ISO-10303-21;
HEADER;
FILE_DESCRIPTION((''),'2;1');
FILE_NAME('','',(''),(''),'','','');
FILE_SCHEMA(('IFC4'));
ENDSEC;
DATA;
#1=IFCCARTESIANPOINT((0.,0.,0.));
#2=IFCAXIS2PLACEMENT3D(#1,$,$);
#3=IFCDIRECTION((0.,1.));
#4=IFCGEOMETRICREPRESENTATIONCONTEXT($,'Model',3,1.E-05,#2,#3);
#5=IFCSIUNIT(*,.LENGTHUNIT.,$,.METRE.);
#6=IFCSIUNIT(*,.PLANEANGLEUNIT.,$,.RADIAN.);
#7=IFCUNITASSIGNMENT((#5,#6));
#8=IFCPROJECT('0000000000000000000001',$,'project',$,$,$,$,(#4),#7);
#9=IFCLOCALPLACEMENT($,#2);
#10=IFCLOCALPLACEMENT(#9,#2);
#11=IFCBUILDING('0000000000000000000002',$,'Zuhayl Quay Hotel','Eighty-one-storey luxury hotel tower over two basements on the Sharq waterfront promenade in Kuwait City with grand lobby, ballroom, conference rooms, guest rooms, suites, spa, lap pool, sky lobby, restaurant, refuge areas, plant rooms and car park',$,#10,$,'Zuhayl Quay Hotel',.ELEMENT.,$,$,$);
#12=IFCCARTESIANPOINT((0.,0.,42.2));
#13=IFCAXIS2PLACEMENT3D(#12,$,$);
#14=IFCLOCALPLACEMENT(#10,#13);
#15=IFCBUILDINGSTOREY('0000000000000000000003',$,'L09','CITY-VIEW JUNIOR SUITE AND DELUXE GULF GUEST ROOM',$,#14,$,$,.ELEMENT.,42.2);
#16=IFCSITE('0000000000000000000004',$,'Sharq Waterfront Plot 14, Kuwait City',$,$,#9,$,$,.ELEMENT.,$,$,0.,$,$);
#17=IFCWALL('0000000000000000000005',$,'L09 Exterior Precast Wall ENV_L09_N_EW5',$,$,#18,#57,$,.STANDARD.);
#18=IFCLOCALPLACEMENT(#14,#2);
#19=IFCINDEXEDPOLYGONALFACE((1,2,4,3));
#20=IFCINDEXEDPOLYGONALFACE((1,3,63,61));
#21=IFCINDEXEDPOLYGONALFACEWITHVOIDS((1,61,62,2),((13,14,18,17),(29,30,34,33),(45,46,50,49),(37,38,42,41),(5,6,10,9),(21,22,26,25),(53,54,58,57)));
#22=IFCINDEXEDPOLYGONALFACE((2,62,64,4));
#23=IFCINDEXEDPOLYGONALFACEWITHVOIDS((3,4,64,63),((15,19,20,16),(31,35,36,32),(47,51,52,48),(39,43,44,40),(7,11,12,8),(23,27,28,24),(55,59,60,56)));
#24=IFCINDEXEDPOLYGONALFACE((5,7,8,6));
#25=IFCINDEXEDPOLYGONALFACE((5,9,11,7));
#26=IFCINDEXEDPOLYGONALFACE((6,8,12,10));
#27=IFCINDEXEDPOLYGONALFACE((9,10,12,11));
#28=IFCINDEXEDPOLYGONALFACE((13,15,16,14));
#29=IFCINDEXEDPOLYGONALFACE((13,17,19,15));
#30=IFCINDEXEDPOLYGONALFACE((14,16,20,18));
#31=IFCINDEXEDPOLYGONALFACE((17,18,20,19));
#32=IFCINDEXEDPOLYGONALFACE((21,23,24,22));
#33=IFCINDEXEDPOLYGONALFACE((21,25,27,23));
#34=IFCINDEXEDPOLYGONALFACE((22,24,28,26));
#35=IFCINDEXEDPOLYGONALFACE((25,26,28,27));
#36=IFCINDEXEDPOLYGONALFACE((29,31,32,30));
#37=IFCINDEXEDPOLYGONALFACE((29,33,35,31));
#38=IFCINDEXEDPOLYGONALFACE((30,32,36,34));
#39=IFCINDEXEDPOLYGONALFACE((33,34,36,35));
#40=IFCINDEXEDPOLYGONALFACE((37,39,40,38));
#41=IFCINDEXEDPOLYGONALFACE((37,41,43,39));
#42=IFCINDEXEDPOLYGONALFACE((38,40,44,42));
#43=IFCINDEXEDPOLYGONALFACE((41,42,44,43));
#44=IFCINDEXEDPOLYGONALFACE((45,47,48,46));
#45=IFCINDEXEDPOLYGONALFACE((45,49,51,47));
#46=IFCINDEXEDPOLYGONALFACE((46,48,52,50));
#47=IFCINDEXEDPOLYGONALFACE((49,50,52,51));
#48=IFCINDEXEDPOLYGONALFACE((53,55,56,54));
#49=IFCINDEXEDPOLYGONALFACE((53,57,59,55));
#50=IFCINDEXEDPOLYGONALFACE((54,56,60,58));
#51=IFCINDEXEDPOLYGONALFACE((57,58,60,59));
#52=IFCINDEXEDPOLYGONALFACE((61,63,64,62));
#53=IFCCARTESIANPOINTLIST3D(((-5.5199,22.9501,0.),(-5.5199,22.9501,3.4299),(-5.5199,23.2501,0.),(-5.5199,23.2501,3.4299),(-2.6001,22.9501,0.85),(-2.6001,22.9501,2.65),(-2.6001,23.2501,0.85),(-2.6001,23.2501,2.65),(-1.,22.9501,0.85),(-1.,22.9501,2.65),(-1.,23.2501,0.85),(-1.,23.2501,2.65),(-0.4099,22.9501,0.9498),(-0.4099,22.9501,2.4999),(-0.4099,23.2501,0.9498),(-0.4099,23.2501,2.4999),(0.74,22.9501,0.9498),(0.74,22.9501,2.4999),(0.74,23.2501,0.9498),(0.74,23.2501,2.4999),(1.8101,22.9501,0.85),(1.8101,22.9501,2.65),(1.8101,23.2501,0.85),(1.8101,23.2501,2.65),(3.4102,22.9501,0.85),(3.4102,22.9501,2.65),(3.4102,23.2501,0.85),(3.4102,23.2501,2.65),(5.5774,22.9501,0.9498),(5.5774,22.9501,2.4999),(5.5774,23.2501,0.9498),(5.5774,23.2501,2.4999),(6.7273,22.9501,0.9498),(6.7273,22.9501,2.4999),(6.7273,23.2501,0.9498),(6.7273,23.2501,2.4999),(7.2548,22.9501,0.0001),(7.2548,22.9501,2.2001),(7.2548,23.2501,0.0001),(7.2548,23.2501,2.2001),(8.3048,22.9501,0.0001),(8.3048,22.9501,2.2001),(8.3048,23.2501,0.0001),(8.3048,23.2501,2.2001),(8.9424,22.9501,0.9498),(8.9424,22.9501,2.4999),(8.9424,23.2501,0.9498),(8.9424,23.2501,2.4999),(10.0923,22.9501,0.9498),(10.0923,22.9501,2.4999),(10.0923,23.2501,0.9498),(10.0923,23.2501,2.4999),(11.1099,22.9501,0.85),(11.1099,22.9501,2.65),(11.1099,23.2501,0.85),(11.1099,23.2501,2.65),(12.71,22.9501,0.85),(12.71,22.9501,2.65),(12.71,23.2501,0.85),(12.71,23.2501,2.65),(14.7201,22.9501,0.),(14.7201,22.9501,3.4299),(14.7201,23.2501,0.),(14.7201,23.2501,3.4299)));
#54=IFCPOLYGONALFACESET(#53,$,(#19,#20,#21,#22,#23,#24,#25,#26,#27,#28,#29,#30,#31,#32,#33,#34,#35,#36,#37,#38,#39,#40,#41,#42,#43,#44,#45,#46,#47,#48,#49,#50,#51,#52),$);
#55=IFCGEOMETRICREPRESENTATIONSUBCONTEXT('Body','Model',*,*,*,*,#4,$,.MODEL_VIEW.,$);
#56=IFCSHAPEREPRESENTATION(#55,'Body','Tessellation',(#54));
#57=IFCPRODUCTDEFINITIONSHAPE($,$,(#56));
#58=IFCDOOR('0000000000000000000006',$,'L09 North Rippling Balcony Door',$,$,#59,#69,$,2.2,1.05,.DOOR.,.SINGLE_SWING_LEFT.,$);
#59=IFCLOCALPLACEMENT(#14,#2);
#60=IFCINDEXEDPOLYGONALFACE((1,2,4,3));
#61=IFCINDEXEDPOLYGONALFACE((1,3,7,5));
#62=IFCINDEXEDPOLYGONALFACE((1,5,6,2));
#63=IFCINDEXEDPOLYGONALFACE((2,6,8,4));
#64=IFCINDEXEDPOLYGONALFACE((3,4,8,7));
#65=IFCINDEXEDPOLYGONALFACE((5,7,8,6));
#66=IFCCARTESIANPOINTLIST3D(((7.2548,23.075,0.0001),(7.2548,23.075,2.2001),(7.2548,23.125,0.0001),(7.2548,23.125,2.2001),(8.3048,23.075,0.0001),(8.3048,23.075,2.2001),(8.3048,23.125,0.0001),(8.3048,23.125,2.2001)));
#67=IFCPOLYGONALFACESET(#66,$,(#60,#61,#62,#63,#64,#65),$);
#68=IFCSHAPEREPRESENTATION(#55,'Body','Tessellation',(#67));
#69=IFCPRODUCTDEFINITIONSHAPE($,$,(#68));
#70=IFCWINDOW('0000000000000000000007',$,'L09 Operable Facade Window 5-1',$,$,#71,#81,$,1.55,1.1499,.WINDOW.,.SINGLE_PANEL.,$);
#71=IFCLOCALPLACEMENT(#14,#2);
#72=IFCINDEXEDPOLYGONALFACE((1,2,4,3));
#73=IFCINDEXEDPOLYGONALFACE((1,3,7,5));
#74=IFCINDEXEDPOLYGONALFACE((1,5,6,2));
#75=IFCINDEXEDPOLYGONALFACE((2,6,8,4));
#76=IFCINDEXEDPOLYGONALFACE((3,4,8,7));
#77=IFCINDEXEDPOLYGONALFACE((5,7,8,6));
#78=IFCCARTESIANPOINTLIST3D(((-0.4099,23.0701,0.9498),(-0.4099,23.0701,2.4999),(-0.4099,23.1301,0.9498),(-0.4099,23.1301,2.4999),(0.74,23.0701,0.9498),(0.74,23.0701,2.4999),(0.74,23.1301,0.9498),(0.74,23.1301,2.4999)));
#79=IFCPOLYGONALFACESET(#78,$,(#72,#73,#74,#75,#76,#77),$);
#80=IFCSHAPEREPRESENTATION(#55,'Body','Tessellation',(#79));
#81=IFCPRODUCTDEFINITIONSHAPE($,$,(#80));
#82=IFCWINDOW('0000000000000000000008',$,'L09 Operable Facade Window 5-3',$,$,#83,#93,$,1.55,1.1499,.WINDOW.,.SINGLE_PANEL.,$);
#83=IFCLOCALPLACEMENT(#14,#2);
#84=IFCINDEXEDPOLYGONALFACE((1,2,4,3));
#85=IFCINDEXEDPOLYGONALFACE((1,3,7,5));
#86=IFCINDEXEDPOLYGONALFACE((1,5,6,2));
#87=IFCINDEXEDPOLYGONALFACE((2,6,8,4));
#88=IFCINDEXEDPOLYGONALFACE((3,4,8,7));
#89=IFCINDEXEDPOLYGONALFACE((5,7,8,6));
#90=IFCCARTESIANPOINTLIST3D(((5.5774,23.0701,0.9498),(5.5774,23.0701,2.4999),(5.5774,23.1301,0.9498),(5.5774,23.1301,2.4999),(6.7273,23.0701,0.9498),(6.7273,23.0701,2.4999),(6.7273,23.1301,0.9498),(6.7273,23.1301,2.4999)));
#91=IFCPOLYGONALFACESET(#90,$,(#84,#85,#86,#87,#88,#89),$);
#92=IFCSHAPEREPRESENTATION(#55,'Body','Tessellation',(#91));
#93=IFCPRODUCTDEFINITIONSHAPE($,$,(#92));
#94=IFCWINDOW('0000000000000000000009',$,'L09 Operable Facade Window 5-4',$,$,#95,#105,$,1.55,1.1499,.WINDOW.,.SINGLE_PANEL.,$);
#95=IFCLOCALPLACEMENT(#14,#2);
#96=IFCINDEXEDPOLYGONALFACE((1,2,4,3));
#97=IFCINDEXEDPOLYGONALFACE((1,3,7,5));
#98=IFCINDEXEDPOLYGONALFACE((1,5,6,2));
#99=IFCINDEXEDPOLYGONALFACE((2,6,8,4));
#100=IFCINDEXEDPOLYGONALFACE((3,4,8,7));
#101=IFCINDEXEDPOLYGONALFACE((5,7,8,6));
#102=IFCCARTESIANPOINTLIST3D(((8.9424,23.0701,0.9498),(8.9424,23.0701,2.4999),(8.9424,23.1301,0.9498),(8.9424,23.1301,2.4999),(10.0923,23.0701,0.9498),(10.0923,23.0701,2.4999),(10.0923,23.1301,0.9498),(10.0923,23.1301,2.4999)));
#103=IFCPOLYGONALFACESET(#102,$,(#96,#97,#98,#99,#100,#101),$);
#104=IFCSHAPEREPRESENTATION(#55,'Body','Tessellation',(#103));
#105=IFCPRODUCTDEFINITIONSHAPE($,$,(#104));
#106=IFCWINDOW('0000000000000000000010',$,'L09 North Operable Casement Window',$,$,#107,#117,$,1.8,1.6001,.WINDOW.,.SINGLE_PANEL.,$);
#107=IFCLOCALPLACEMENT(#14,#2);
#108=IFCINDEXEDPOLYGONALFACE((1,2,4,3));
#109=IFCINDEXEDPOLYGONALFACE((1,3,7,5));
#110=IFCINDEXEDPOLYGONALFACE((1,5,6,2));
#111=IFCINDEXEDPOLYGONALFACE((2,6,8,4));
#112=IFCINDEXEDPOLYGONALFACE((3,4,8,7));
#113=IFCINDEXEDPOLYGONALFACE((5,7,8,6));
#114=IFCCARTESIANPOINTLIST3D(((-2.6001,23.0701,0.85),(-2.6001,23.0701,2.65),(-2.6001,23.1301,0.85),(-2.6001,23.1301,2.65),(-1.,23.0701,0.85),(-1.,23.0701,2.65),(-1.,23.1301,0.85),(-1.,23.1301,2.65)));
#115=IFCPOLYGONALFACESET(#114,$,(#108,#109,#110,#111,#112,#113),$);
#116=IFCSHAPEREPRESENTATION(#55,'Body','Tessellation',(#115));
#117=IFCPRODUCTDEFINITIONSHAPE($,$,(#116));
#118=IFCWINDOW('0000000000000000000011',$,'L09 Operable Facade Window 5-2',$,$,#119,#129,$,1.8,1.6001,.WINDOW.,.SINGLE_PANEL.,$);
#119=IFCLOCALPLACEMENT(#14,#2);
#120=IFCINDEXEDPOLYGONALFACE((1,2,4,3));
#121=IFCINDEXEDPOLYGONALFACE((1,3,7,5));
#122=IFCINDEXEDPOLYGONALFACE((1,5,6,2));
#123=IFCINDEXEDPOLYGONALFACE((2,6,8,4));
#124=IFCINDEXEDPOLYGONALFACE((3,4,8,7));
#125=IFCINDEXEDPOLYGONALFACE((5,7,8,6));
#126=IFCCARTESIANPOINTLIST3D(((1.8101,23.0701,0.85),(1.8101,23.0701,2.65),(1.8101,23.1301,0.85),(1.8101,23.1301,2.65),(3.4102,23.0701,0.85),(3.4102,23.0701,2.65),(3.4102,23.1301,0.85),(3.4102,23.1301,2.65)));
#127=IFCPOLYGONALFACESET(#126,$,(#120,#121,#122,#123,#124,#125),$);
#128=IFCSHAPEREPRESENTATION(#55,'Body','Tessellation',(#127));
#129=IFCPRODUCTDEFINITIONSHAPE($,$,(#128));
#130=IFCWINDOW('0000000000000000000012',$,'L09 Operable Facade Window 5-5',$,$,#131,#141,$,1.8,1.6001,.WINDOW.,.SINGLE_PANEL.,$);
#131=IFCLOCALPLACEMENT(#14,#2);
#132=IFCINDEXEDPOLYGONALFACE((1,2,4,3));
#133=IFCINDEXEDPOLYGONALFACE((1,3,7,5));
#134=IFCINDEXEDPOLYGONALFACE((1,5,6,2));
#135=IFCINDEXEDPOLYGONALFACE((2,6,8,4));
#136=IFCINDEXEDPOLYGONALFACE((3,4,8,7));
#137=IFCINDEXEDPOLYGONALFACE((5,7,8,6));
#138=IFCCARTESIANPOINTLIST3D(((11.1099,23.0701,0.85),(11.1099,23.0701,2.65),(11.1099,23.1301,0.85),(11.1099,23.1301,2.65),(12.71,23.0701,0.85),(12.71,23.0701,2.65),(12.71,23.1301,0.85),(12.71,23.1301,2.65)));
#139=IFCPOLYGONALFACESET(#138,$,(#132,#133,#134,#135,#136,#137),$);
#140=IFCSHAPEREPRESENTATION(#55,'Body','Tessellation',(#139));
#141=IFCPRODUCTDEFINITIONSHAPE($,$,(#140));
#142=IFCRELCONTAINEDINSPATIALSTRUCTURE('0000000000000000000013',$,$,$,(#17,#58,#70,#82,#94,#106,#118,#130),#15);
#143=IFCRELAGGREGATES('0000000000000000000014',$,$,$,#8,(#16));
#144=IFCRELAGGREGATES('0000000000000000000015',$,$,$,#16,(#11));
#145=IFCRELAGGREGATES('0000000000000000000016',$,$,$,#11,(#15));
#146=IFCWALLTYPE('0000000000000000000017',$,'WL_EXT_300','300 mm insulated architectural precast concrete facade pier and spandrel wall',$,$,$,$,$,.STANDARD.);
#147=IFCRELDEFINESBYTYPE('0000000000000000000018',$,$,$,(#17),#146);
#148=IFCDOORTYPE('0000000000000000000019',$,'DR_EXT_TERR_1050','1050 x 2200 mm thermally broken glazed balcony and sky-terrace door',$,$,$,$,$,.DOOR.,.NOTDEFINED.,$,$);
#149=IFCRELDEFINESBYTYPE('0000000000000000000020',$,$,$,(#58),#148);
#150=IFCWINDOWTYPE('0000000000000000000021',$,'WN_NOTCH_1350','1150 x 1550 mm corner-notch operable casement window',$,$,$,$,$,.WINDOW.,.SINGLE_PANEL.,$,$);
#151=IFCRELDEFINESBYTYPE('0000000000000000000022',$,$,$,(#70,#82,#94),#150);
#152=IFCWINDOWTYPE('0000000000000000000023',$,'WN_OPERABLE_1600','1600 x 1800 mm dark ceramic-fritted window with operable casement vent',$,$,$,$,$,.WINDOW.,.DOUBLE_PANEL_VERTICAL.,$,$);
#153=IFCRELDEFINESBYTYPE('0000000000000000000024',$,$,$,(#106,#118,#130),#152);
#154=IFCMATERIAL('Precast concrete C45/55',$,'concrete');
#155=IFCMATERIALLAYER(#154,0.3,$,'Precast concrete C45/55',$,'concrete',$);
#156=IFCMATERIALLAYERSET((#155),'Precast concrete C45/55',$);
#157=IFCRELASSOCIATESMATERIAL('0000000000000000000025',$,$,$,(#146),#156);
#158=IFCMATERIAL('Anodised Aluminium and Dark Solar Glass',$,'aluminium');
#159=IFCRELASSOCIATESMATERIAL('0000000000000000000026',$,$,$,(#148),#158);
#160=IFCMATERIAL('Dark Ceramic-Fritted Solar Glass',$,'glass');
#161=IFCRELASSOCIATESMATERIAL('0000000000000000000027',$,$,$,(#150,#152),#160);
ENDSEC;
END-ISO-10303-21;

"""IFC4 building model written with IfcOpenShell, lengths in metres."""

from ifc_helpers import new_model, si_unit, direction, frame, frame_2d, origin, place, context, subcontext, project, spatial, rectangle, extrude, material, layer, layer_set, type_object, element, fill, save


model = new_model("IFC4")

# Units and contexts
model_context = context("Model", 3, precision=1e-05, world=origin(), true_north=direction((0.0, 1.0)))
body_context = subcontext(model_context, "Body", "Model", "MODEL_VIEW")
ifc_project = project(units=[si_unit("LENGTHUNIT", "METRE"), si_unit("PLANEANGLEUNIT", "RADIAN")], contexts=[model_context])

# Site, building, storey
site_placement = place(None, origin())
site = spatial("IfcSite", under=ifc_project, at=site_placement, Name="Sharq Waterfront Plot 14, Kuwait City", CompositionType="ELEMENT", RefElevation=0.0)
building_placement = place(site_placement, origin())
building = spatial("IfcBuilding", under=site, at=building_placement, Name="Zuhayl Quay Hotel", Description="Eighty-one-storey luxury hotel tower over two basements on the Sharq waterfront promenade in Kuwait City with grand lobby, ballroom, conference rooms, guest rooms, suites, spa, lap pool, sky lobby, restaurant, refuge areas, plant rooms and car park", LongName="Zuhayl Quay Hotel", CompositionType="ELEMENT")
storey_placement = place(building_placement, frame((0.0, 0.0, 42.2)))
storey = spatial("IfcBuildingStorey", under=building, at=storey_placement, Name="L09", Description="CITY-VIEW JUNIOR SUITE AND DELUXE GULF GUEST ROOM", CompositionType="ELEMENT", Elevation=42.2)

# Shared definitions
ifc_material_1 = material(Name="Dark Ceramic-Fritted Solar Glass", Category="glass")

# Wall, openings, door, windows
ifc_material_2 = material(Name="Precast concrete C45/55", Category="concrete")
ifc_layer_1 = layer(ifc_material_2, 0.3, Name="Precast concrete C45/55", Category="concrete")
ifc_layer_set_1 = layer_set([ifc_layer_1], Name="Precast concrete C45/55")
wall_type_1 = type_object("IfcWallType", Name="WL_EXT_300", Description="300 mm insulated architectural precast concrete facade pier and spandrel wall", PredefinedType="STANDARD", material=ifc_layer_set_1)
wall_1_placement = place(storey_placement, frame((-5.52, 23.1001, 0.0), z_axis=(0.0, 0.0, 1.0), x_axis=(1.0, 0.0, 0.0)))
wall_1 = element("IfcWall", 1, at=wall_1_placement, inside=storey, type_object=wall_type_1, Name="L09 Exterior Precast Wall ENV_L09_N_EW5", PredefinedType="STANDARD", context=body_context, shape_type="SweptSolid", body=[
    extrude(rectangle(XDim=20.24, YDim=0.3, at=frame_2d((10.1201, 0.0))), origin(), (0.0, 0.0, 1.0), 3.4299),
])
opening_1_placement = place(wall_1_placement, frame((12.7749, 0.0, 0.0)))
opening_1 = element("IfcOpeningElement", 2, at=opening_1_placement, cuts=wall_1, PredefinedType="OPENING", context=body_context, shape_type="SweptSolid", body=[
    extrude(rectangle(XDim=1.05, YDim=2.2, at=frame_2d((0.5249, 1.1001))), frame((0.0, 0.1599, 0.0), z_axis=(0.0, -1.0, 0.0), x_axis=(1.0, 0.0, 0.0)), (0.0, 0.0, 1.0), 0.3201),
])
opening_2_placement = place(wall_1_placement, frame((2.9199, 0.0, 0.8501)))
opening_2 = element("IfcOpeningElement", 3, at=opening_2_placement, cuts=wall_1, PredefinedType="OPENING", context=body_context, shape_type="SweptSolid", body=[
    extrude(rectangle(XDim=1.6001, YDim=1.8, at=frame_2d((0.8, 0.8999))), frame((0.0, 0.1599, 0.0), z_axis=(0.0, -1.0, 0.0), x_axis=(1.0, 0.0, 0.0)), (0.0, 0.0, 1.0), 0.3201),
])
opening_3_placement = place(wall_1_placement, frame((5.1101, 0.0, 0.95)))
opening_3 = element("IfcOpeningElement", 4, at=opening_3_placement, cuts=wall_1, PredefinedType="OPENING", context=body_context, shape_type="SweptSolid", body=[
    extrude(rectangle(XDim=1.1499, YDim=1.55, at=frame_2d((0.575, 0.7749))), frame((0.0, 0.1599, 0.0), z_axis=(0.0, -1.0, 0.0), x_axis=(1.0, 0.0, 0.0)), (0.0, 0.0, 1.0), 0.3201),
])
opening_4_placement = place(wall_1_placement, frame((7.3301, 0.0, 0.8501)))
opening_4 = element("IfcOpeningElement", 5, at=opening_4_placement, cuts=wall_1, PredefinedType="OPENING", context=body_context, shape_type="SweptSolid", body=[
    extrude(rectangle(XDim=1.6001, YDim=1.8, at=frame_2d((0.8, 0.8999))), frame((0.0, 0.1599, 0.0), z_axis=(0.0, -1.0, 0.0), x_axis=(1.0, 0.0, 0.0)), (0.0, 0.0, 1.0), 0.3201),
])
opening_5_placement = place(wall_1_placement, frame((11.0974, 0.0, 0.95)))
opening_5 = element("IfcOpeningElement", 6, at=opening_5_placement, cuts=wall_1, PredefinedType="OPENING", context=body_context, shape_type="SweptSolid", body=[
    extrude(rectangle(XDim=1.1499, YDim=1.55, at=frame_2d((0.575, 0.7749))), frame((0.0, 0.1599, 0.0), z_axis=(0.0, -1.0, 0.0), x_axis=(1.0, 0.0, 0.0)), (0.0, 0.0, 1.0), 0.3201),
])
opening_6_placement = place(wall_1_placement, frame((14.4624, 0.0, 0.95)))
opening_6 = element("IfcOpeningElement", 7, at=opening_6_placement, cuts=wall_1, PredefinedType="OPENING", context=body_context, shape_type="SweptSolid", body=[
    extrude(rectangle(XDim=1.1499, YDim=1.55, at=frame_2d((0.575, 0.7749))), frame((0.0, 0.1599, 0.0), z_axis=(0.0, -1.0, 0.0), x_axis=(1.0, 0.0, 0.0)), (0.0, 0.0, 1.0), 0.3201),
])
opening_7_placement = place(wall_1_placement, frame((16.6299, 0.0, 0.8501)))
opening_7 = element("IfcOpeningElement", 8, at=opening_7_placement, cuts=wall_1, PredefinedType="OPENING", context=body_context, shape_type="SweptSolid", body=[
    extrude(rectangle(XDim=1.6001, YDim=1.8, at=frame_2d((0.8, 0.8999))), frame((0.0, 0.1599, 0.0), z_axis=(0.0, -1.0, 0.0), x_axis=(1.0, 0.0, 0.0)), (0.0, 0.0, 1.0), 0.3201),
])
ifc_material_3 = material(Name="Anodised Aluminium and Dark Solar Glass", Category="aluminium")
door_type_1 = type_object("IfcDoorType", Name="DR_EXT_TERR_1050", Description="1050 x 2200 mm thermally broken glazed balcony and sky-terrace door", OperationType="NOTDEFINED", PredefinedType="DOOR", material=ifc_material_3)
door_1_placement = place(opening_1_placement, origin())
door_1 = element("IfcDoor", 9, at=door_1_placement, inside=storey, type_object=door_type_1, Name="L09 North Rippling Balcony Door", OperationType="SINGLE_SWING_LEFT", OverallHeight=2.2, OverallWidth=1.05, PredefinedType="DOOR", context=body_context, shape_type="SweptSolid", body=[
    extrude(rectangle(XDim=1.05, YDim=2.2, at=frame_2d((0.5249, 1.1001))), frame((0.0, 0.0249, 0.0), z_axis=(0.0, -1.0, 0.0), x_axis=(1.0, 0.0, 0.0)), (0.0, 0.0, 1.0), 0.05),
])
fill(opening_1, door_1)
window_type_1 = type_object("IfcWindowType", Name="WN_NOTCH_1350", Description="1150 x 1550 mm corner-notch operable casement window", PartitioningType="SINGLE_PANEL", PredefinedType="WINDOW", material=ifc_material_1)
window_1_placement = place(opening_3_placement, origin())
window_1 = element("IfcWindow", 10, at=window_1_placement, inside=storey, type_object=window_type_1, Name="L09 Operable Facade Window 5-1", OverallHeight=1.55, OverallWidth=1.1499, PartitioningType="SINGLE_PANEL", PredefinedType="WINDOW", context=body_context, shape_type="SweptSolid", body=[
    extrude(rectangle(XDim=1.1499, YDim=1.55, at=frame_2d((0.575, 0.7749))), frame((0.0, 0.03, 0.0), z_axis=(0.0, -1.0, 0.0), x_axis=(1.0, 0.0, 0.0)), (0.0, 0.0, 1.0), 0.0601),
])
fill(opening_3, window_1)
window_2_placement = place(opening_5_placement, origin())
window_2 = element("IfcWindow", 11, at=window_2_placement, inside=storey, type_object=window_type_1, Name="L09 Operable Facade Window 5-3", OverallHeight=1.55, OverallWidth=1.1499, PartitioningType="SINGLE_PANEL", PredefinedType="WINDOW", context=body_context, shape_type="SweptSolid", body=[
    extrude(rectangle(XDim=1.1499, YDim=1.55, at=frame_2d((0.575, 0.7749))), frame((0.0, 0.03, 0.0), z_axis=(0.0, -1.0, 0.0), x_axis=(1.0, 0.0, 0.0)), (0.0, 0.0, 1.0), 0.0601),
])
fill(opening_5, window_2)
window_3_placement = place(opening_6_placement, origin())
window_3 = element("IfcWindow", 12, at=window_3_placement, inside=storey, type_object=window_type_1, Name="L09 Operable Facade Window 5-4", OverallHeight=1.55, OverallWidth=1.1499, PartitioningType="SINGLE_PANEL", PredefinedType="WINDOW", context=body_context, shape_type="SweptSolid", body=[
    extrude(rectangle(XDim=1.1499, YDim=1.55, at=frame_2d((0.575, 0.7749))), frame((0.0, 0.03, 0.0), z_axis=(0.0, -1.0, 0.0), x_axis=(1.0, 0.0, 0.0)), (0.0, 0.0, 1.0), 0.0601),
])
fill(opening_6, window_3)
window_type_2 = type_object("IfcWindowType", Name="WN_OPERABLE_1600", Description="1600 x 1800 mm dark ceramic-fritted window with operable casement vent", PartitioningType="DOUBLE_PANEL_VERTICAL", PredefinedType="WINDOW", material=ifc_material_1)
window_4_placement = place(opening_2_placement, origin())
window_4 = element("IfcWindow", 13, at=window_4_placement, inside=storey, type_object=window_type_2, Name="L09 North Operable Casement Window", OverallHeight=1.8, OverallWidth=1.6001, PartitioningType="SINGLE_PANEL", PredefinedType="WINDOW", context=body_context, shape_type="SweptSolid", body=[
    extrude(rectangle(XDim=1.6001, YDim=1.8, at=frame_2d((0.8, 0.8999))), frame((0.0, 0.03, 0.0), z_axis=(0.0, -1.0, 0.0), x_axis=(1.0, 0.0, 0.0)), (0.0, 0.0, 1.0), 0.0601),
])
fill(opening_2, window_4)
window_5_placement = place(opening_4_placement, origin())
window_5 = element("IfcWindow", 14, at=window_5_placement, inside=storey, type_object=window_type_2, Name="L09 Operable Facade Window 5-2", OverallHeight=1.8, OverallWidth=1.6001, PartitioningType="SINGLE_PANEL", PredefinedType="WINDOW", context=body_context, shape_type="SweptSolid", body=[
    extrude(rectangle(XDim=1.6001, YDim=1.8, at=frame_2d((0.8, 0.8999))), frame((0.0, 0.03, 0.0), z_axis=(0.0, -1.0, 0.0), x_axis=(1.0, 0.0, 0.0)), (0.0, 0.0, 1.0), 0.0601),
])
fill(opening_4, window_5)
window_6_placement = place(opening_7_placement, origin())
window_6 = element("IfcWindow", 15, at=window_6_placement, inside=storey, type_object=window_type_2, Name="L09 Operable Facade Window 5-5", OverallHeight=1.8, OverallWidth=1.6001, PartitioningType="SINGLE_PANEL", PredefinedType="WINDOW", context=body_context, shape_type="SweptSolid", body=[
    extrude(rectangle(XDim=1.6001, YDim=1.8, at=frame_2d((0.8, 0.8999))), frame((0.0, 0.03, 0.0), z_axis=(0.0, -1.0, 0.0), x_axis=(1.0, 0.0, 0.0)), (0.0, 0.0, 1.0), 0.0601),
])
fill(opening_7, window_6)

save(model, "model.ifc")
